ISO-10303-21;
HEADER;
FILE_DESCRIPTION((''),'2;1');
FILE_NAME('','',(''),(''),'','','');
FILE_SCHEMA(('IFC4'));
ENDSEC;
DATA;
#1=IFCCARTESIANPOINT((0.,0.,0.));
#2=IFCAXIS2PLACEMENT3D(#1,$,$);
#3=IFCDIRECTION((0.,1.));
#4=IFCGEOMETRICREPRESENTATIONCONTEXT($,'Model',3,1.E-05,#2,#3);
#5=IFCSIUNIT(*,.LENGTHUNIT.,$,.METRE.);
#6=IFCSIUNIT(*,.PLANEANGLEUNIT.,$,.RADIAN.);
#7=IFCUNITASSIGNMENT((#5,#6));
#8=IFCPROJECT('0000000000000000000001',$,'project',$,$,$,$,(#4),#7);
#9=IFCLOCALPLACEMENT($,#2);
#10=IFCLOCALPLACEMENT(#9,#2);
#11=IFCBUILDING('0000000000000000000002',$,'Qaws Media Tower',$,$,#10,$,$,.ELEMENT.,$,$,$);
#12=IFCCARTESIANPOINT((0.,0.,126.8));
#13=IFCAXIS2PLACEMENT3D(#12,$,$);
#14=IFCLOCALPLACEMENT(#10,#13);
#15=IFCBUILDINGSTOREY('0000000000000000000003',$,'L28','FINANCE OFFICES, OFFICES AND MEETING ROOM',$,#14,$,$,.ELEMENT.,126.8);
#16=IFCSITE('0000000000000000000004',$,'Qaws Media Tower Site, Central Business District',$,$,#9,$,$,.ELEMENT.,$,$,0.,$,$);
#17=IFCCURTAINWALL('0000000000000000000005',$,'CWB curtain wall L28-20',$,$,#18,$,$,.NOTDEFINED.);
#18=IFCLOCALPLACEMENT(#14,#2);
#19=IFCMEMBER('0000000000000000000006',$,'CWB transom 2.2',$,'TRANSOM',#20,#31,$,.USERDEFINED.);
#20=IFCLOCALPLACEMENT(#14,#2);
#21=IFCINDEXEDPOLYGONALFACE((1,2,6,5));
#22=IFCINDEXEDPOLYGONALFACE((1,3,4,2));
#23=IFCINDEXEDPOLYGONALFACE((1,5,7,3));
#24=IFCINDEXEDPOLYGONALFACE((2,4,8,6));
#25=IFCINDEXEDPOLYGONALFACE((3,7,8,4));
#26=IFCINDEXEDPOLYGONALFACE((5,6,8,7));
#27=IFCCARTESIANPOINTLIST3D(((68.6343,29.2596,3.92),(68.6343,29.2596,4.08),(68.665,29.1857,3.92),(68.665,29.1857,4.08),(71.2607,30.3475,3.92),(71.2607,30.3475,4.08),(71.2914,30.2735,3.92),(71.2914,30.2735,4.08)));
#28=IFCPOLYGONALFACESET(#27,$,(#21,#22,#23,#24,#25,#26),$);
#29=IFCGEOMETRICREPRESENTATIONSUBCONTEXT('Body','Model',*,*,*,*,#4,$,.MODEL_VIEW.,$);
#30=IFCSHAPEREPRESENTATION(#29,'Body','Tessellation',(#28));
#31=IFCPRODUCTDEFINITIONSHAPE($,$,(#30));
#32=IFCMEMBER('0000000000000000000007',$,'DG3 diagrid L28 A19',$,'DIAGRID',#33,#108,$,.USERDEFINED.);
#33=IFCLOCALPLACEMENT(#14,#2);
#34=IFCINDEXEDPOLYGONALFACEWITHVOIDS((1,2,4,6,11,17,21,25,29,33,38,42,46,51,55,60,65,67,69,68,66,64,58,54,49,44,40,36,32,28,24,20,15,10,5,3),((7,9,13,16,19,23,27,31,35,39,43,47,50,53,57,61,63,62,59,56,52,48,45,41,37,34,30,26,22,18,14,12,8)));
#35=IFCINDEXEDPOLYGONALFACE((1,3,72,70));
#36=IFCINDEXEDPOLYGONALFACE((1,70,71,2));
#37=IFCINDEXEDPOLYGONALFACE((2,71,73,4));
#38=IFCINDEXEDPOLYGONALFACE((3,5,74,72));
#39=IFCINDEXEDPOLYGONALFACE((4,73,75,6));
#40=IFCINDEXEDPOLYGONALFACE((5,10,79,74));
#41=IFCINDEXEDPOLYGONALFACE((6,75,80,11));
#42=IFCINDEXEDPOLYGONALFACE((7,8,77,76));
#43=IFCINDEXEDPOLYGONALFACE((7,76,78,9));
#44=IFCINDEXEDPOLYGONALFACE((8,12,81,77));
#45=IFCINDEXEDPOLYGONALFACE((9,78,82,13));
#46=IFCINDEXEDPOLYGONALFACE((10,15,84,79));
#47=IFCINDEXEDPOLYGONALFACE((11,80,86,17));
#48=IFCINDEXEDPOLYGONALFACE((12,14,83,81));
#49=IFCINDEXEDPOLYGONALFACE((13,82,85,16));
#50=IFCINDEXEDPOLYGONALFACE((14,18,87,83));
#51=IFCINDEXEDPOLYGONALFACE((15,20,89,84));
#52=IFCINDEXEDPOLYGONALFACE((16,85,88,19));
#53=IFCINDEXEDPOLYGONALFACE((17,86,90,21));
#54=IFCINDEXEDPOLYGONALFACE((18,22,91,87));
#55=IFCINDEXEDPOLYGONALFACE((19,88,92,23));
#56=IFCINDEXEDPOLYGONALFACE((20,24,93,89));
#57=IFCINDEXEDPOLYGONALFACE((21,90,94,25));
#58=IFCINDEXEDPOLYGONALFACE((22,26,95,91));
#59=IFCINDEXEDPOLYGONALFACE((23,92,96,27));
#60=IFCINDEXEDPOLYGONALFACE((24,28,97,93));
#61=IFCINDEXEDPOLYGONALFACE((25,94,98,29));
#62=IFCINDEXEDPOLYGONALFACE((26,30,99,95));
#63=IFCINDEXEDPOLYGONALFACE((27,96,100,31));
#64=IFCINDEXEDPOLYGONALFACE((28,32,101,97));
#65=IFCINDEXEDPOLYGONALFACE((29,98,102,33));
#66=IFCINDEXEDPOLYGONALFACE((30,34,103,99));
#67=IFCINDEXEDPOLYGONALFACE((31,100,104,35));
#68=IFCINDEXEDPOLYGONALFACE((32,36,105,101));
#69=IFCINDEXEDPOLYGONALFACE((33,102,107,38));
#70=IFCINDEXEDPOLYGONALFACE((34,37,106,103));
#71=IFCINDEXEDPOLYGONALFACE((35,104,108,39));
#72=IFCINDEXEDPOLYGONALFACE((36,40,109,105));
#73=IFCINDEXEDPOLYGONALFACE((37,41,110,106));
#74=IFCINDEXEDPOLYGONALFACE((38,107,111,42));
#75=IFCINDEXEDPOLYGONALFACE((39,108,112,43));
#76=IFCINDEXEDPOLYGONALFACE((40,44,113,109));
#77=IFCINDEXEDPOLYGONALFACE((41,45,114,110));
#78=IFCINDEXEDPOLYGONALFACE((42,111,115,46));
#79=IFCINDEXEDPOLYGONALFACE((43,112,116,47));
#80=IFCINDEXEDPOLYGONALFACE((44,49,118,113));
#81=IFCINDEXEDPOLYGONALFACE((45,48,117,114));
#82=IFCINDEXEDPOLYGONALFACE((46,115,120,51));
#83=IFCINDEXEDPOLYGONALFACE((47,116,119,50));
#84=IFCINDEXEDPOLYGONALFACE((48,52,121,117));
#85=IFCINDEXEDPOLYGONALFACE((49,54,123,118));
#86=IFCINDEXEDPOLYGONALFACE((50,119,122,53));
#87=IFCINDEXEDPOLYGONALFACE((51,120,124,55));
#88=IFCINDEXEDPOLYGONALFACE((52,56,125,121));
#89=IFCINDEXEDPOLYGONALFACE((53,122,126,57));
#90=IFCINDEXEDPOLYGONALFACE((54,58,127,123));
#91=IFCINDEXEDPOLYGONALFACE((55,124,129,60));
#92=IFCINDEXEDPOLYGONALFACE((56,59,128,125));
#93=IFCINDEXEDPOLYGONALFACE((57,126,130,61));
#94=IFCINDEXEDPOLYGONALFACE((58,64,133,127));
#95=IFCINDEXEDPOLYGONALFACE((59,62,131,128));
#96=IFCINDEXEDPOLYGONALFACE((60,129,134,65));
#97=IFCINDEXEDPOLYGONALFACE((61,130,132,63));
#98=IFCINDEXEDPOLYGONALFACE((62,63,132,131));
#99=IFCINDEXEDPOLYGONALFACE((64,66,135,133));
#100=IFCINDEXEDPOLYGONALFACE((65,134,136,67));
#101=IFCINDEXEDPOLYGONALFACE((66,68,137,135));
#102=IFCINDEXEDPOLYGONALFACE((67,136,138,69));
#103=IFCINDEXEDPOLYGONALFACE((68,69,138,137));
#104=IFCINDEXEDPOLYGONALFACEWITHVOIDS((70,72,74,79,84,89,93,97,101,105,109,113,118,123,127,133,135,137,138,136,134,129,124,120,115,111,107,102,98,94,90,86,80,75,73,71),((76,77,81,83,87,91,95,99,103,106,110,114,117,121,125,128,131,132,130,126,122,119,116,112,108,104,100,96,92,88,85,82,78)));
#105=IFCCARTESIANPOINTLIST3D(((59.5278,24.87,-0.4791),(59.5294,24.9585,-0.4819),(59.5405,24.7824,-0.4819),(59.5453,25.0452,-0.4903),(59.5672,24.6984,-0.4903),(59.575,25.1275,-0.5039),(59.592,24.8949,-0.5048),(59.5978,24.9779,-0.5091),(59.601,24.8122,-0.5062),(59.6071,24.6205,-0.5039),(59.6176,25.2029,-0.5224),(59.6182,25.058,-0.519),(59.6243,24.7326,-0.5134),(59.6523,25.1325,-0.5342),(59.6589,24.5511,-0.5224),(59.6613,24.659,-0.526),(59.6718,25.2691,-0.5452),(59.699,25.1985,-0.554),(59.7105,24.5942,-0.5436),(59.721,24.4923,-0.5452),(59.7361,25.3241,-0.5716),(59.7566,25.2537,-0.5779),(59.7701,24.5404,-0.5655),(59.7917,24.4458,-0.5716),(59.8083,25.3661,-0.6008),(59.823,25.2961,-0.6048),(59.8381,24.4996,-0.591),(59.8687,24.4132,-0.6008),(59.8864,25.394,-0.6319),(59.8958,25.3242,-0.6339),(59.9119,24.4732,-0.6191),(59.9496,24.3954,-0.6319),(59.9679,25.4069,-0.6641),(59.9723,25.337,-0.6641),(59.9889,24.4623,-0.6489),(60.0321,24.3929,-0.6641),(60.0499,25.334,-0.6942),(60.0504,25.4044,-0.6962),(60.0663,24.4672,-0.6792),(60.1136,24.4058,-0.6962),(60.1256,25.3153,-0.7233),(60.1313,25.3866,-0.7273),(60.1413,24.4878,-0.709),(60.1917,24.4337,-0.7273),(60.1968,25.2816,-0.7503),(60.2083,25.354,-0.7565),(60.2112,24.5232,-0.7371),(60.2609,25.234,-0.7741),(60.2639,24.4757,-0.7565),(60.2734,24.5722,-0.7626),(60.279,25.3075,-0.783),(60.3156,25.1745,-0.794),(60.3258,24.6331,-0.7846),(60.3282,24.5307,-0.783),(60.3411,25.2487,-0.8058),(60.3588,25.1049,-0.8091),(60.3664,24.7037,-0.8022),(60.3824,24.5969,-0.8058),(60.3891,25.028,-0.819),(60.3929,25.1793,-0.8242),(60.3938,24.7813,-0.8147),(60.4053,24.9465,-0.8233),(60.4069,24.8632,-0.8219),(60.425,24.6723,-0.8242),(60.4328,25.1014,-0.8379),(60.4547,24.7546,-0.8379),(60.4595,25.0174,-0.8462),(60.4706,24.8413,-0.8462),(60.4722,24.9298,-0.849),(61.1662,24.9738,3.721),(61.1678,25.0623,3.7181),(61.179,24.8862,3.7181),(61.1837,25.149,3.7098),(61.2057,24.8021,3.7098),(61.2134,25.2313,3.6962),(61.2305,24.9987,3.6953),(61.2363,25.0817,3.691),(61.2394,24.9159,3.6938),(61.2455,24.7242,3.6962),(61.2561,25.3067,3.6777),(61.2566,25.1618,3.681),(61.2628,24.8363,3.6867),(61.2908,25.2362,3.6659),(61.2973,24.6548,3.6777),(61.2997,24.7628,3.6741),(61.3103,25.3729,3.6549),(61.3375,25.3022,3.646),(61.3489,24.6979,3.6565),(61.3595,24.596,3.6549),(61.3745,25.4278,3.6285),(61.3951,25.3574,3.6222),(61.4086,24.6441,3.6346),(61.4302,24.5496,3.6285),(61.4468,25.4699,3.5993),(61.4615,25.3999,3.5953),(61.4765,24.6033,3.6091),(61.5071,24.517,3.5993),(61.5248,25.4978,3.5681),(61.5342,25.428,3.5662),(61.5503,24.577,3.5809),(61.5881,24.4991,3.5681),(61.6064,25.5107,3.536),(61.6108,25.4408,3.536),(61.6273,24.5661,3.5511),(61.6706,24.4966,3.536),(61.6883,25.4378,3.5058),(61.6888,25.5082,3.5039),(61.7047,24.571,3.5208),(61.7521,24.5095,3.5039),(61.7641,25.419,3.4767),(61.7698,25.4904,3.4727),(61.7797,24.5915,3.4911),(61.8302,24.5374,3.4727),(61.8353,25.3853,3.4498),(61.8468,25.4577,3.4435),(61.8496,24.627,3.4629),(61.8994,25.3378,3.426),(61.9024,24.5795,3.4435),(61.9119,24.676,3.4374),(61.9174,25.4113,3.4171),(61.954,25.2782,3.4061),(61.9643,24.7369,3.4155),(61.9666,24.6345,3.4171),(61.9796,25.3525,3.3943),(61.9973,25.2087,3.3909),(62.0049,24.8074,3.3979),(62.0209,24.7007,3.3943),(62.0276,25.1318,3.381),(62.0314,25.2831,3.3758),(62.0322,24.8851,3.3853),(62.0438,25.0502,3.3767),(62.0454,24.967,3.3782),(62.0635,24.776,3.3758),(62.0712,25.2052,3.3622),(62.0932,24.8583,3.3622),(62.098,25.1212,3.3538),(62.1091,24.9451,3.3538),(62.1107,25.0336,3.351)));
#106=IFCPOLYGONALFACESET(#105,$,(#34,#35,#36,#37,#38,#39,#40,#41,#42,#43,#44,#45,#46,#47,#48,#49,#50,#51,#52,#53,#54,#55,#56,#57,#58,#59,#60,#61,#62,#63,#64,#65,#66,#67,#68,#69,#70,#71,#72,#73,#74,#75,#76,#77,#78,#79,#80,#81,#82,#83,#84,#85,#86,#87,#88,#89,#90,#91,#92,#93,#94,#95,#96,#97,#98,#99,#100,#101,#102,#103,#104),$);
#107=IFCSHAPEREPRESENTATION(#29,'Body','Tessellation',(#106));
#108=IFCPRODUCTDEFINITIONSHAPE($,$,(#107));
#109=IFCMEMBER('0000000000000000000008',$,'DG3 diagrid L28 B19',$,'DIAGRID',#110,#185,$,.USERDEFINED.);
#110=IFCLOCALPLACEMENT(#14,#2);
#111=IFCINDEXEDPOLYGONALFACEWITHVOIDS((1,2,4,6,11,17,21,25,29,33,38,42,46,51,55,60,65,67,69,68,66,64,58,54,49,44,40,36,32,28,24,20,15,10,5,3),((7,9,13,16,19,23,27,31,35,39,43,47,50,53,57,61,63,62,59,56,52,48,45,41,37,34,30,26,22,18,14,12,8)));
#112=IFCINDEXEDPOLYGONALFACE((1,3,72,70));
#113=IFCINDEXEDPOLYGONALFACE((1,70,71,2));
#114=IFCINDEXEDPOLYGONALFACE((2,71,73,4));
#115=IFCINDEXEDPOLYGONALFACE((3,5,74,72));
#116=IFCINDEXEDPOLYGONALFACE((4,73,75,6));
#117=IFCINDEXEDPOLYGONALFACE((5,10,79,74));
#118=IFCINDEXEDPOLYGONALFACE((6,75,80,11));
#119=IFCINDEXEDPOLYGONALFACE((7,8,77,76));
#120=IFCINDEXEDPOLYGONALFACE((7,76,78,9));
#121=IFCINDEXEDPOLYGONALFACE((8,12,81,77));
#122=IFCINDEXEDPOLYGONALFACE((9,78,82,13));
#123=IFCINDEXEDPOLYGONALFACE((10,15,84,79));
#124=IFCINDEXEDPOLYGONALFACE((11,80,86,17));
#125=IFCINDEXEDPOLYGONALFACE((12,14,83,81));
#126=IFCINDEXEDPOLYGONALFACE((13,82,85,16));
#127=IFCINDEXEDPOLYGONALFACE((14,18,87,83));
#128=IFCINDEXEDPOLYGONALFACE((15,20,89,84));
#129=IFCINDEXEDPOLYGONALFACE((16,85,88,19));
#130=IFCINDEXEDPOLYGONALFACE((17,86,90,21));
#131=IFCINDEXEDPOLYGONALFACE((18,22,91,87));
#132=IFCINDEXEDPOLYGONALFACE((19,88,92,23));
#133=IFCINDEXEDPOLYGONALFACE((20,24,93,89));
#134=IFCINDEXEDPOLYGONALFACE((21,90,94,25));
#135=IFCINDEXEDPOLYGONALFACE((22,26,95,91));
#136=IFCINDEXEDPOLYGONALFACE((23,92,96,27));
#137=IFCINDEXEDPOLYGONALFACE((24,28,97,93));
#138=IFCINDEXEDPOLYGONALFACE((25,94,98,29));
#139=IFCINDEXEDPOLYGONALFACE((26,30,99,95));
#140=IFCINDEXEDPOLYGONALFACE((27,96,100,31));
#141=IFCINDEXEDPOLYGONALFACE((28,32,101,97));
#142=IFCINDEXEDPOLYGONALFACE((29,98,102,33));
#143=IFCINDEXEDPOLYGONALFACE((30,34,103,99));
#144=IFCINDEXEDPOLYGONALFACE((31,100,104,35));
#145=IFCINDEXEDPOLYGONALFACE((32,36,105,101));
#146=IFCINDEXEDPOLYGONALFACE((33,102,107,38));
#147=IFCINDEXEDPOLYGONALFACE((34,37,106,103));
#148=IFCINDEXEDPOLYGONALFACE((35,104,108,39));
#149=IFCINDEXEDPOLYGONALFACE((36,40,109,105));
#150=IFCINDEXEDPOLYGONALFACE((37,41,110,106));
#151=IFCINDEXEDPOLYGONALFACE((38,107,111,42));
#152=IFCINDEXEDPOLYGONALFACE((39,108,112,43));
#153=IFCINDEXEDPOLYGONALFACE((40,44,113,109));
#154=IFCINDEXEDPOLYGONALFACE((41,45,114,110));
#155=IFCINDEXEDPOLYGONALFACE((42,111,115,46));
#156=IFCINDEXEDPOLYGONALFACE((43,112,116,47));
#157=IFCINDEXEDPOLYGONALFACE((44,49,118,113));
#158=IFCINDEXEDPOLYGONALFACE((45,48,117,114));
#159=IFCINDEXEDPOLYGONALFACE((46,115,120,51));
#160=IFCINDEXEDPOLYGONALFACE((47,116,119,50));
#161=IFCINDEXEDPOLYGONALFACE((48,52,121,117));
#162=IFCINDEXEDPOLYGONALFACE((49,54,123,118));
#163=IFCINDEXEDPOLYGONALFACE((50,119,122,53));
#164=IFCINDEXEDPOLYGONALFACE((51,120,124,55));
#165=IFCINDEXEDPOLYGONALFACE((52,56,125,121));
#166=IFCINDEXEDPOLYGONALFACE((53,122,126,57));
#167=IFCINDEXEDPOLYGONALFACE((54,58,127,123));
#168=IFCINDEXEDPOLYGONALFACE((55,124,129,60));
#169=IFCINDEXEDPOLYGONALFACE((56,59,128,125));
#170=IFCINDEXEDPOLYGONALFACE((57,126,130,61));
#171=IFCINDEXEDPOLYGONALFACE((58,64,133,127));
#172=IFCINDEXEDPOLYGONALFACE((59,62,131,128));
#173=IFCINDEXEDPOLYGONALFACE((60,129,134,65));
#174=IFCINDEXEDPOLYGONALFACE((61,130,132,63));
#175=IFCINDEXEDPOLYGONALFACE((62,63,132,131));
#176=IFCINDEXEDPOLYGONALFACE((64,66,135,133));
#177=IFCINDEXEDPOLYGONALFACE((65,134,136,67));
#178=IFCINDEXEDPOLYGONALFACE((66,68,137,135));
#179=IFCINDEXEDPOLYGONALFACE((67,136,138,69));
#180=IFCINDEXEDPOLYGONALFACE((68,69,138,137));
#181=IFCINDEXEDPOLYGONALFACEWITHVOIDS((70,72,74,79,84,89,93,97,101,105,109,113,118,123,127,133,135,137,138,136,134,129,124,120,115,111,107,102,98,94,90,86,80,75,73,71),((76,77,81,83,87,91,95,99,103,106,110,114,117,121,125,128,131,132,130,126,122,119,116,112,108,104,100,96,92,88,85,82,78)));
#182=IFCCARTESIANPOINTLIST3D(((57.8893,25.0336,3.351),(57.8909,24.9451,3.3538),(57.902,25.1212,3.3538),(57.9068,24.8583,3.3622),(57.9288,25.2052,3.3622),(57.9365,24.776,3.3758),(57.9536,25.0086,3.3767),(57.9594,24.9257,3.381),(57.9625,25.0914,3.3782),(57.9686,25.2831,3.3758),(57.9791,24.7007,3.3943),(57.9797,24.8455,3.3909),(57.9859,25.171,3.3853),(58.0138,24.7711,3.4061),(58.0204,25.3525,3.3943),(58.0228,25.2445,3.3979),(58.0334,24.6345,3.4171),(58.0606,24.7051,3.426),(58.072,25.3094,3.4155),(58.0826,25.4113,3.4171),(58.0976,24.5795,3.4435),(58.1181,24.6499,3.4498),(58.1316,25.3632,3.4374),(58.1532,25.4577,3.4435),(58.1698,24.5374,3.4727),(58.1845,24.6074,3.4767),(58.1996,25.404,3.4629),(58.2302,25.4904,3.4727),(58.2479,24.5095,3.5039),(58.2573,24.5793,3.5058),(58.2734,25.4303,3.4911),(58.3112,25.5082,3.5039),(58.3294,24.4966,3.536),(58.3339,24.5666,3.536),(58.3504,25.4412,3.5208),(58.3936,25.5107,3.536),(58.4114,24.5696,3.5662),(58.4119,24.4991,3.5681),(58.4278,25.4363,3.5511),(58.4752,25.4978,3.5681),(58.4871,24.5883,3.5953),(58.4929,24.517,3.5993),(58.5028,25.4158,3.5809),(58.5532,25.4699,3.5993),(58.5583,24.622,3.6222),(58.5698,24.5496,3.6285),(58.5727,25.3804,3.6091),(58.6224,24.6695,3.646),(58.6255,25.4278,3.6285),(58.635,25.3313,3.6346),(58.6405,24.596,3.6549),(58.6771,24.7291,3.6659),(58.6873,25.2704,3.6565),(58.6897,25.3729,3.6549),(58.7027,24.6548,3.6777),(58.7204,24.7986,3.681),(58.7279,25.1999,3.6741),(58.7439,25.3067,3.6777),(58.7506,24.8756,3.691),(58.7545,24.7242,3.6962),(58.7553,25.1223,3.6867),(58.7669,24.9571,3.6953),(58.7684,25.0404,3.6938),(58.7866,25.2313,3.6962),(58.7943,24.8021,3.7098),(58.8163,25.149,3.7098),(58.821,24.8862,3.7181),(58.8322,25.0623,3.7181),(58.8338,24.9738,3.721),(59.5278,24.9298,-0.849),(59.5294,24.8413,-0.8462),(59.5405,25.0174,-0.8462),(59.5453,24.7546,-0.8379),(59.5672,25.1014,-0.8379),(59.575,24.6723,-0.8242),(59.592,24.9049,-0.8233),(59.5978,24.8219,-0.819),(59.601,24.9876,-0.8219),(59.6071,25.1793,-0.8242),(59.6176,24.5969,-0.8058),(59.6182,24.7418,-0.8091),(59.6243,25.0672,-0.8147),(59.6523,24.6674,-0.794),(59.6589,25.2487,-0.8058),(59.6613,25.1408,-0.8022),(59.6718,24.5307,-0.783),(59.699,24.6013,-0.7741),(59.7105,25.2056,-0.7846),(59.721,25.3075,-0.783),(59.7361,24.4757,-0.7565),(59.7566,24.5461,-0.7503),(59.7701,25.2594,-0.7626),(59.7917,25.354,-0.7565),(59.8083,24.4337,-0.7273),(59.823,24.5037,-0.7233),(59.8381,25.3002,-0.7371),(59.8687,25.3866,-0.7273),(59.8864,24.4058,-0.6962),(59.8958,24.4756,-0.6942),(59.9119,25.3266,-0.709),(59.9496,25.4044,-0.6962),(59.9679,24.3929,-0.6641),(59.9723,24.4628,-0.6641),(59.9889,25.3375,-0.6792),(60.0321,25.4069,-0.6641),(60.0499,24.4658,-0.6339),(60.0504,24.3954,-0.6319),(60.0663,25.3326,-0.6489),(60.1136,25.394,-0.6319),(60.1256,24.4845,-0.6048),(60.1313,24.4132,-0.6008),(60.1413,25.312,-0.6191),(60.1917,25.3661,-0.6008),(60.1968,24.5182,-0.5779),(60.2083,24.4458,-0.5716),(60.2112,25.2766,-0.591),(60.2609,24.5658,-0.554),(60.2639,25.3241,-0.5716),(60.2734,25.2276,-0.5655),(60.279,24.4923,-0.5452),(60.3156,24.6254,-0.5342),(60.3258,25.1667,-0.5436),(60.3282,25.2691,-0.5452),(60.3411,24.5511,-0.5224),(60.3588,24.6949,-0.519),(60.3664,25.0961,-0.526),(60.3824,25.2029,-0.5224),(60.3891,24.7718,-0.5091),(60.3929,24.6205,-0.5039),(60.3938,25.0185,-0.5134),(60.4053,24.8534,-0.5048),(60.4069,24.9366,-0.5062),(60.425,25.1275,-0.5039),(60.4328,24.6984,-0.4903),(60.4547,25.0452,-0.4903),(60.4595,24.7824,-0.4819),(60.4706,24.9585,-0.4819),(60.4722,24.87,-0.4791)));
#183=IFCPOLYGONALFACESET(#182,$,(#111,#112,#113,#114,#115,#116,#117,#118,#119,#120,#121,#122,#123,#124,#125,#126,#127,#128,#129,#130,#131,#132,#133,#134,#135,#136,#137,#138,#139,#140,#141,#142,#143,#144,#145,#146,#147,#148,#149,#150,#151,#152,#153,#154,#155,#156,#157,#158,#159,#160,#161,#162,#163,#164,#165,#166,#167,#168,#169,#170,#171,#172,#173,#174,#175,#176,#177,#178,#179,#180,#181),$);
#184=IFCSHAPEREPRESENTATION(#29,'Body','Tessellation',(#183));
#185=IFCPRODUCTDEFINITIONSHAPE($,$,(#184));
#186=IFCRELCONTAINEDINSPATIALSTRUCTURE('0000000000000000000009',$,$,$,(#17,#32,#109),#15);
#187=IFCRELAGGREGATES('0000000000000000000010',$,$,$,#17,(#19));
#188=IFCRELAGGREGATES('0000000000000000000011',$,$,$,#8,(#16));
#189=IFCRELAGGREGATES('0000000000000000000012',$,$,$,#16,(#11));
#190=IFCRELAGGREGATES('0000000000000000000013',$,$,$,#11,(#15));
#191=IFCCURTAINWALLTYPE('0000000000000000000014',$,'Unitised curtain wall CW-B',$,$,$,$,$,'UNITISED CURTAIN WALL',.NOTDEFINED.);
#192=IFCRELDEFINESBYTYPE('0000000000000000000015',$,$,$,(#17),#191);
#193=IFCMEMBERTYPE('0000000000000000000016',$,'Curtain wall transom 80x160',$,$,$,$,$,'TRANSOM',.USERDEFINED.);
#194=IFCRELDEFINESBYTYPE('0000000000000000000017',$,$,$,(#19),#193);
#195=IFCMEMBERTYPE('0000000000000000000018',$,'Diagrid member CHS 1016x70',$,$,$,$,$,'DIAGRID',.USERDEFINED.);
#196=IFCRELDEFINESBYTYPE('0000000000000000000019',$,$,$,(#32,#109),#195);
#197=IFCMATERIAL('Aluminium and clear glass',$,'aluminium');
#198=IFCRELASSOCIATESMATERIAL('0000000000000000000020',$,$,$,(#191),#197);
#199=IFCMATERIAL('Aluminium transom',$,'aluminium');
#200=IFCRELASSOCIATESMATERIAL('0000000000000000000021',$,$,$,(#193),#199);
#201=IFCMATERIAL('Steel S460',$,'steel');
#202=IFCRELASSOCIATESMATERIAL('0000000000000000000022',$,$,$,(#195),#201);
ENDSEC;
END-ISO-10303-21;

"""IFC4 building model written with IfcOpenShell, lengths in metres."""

from ifc_helpers import new_model, si_unit, direction, frame, origin, origin_2d, place, context, subcontext, project, spatial, rectangle, hollow_circle, extrude, material, material_profile, profile_set, type_object, element, aggregate, save


model = new_model("IFC4")

# Units and contexts
model_context = context("Model", 3, precision=1e-05, world=origin(), true_north=direction((0.0, 1.0)))
body_context = subcontext(model_context, "Body", "Model", "MODEL_VIEW")
ifc_project = project(units=[si_unit("LENGTHUNIT", "METRE"), si_unit("PLANEANGLEUNIT", "RADIAN")], contexts=[model_context])

# Site, building, storey
site_placement = place(None, origin())
site = spatial("IfcSite", under=ifc_project, at=site_placement, Name="Qaws Media Tower Site, Central Business District", CompositionType="ELEMENT", RefElevation=0.0)
building_placement = place(site_placement, origin())
building = spatial("IfcBuilding", under=site, at=building_placement, Name="Qaws Media Tower", CompositionType="ELEMENT")
storey_placement = place(building_placement, frame((0.0, 0.0, 126.8)))
storey = spatial("IfcBuildingStorey", under=building, at=storey_placement, Name="L28", Description="FINANCE OFFICES, OFFICES AND MEETING ROOM", CompositionType="ELEMENT", Elevation=126.8)

# Curtain wall
ifc_material_1 = material(Name="Aluminium and clear glass", Category="aluminium")
curtain_wall_type = type_object("IfcCurtainWallType", Name="Unitised curtain wall CW-B", ElementType="UNITISED CURTAIN WALL", PredefinedType="NOTDEFINED", material=ifc_material_1)
curtain_wall_1_placement = place(storey_placement, origin())
curtain_wall_1 = element("IfcCurtainWall", 1, at=curtain_wall_1_placement, inside=storey, type_object=curtain_wall_type, Name="CWB curtain wall L28-20", PredefinedType="NOTDEFINED")

# Member
ifc_material_2 = material(Name="Aluminium transom", Category="aluminium")
ifc_material_profile_1 = material_profile(ifc_material_2, rectangle(XDim=0.0801, YDim=0.1599, at=origin_2d()), Name="80x160")
ifc_profile_set_1 = profile_set([ifc_material_profile_1], Name="Aluminium transom")
member_type_1 = type_object("IfcMemberType", Name="Curtain wall transom 80x160", ElementType="TRANSOM", PredefinedType="USERDEFINED", material=ifc_profile_set_1)
member_1_placement = place(storey_placement, frame((68.6497, 29.2227, 4.0), z_axis=(0.923883, 0.382675, 0.0), x_axis=(-0.382675, 0.923883, 0.0)))
member_1 = element("IfcMember", 2, at=member_1_placement, type_object=member_type_1, Name="CWB transom 2.2", ObjectType="TRANSOM", PredefinedType="USERDEFINED", context=body_context, shape_type="SweptSolid", body=[
    extrude(rectangle(XDim=0.0801, YDim=0.1599, at=origin_2d()), origin(), (0.0, 0.0, 1.0), 2.8428),
])

# Members
ifc_material_3 = material(Name="Steel S460", Category="steel")
ifc_material_profile_2 = material_profile(ifc_material_3, hollow_circle(Radius=0.5081, WallThickness=0.0701, at=origin_2d()), Name="CHS 1016x70")
ifc_profile_set_2 = profile_set([ifc_material_profile_2], Name="Steel S460")
member_type_2 = type_object("IfcMemberType", Name="Diagrid member CHS 1016x70", ElementType="DIAGRID", PredefinedType="USERDEFINED", material=ifc_profile_set_2)
for number, where, z_axis, x_axis, name in (
    (3, (60.0, 24.8999, -0.6641), (0.363335, 0.02301, 0.931374), (-0.063202, 0.998001, 0.0), "DG3 diagrid L28 A19"),
    (4, (60.0, 24.8999, -0.6641), (-0.363335, 0.02301, 0.931374), (-0.063202, -0.998001, 0.0), "DG3 diagrid L28 B19"),
):
    element("IfcMember", number, at=place(storey_placement, frame(where, z_axis=z_axis, x_axis=x_axis)), inside=storey, type_object=member_type_2, Name=name, ObjectType="DIAGRID", PredefinedType="USERDEFINED", context=body_context, shape_type="SweptSolid", body=[
        extrude(hollow_circle(Radius=0.5081, WallThickness=0.0701, at=origin_2d()), origin(), (0.0, 0.0, 1.0), 4.5095),
    ])

aggregate(curtain_wall_1, [member_1])

save(model, "model.ifc")
